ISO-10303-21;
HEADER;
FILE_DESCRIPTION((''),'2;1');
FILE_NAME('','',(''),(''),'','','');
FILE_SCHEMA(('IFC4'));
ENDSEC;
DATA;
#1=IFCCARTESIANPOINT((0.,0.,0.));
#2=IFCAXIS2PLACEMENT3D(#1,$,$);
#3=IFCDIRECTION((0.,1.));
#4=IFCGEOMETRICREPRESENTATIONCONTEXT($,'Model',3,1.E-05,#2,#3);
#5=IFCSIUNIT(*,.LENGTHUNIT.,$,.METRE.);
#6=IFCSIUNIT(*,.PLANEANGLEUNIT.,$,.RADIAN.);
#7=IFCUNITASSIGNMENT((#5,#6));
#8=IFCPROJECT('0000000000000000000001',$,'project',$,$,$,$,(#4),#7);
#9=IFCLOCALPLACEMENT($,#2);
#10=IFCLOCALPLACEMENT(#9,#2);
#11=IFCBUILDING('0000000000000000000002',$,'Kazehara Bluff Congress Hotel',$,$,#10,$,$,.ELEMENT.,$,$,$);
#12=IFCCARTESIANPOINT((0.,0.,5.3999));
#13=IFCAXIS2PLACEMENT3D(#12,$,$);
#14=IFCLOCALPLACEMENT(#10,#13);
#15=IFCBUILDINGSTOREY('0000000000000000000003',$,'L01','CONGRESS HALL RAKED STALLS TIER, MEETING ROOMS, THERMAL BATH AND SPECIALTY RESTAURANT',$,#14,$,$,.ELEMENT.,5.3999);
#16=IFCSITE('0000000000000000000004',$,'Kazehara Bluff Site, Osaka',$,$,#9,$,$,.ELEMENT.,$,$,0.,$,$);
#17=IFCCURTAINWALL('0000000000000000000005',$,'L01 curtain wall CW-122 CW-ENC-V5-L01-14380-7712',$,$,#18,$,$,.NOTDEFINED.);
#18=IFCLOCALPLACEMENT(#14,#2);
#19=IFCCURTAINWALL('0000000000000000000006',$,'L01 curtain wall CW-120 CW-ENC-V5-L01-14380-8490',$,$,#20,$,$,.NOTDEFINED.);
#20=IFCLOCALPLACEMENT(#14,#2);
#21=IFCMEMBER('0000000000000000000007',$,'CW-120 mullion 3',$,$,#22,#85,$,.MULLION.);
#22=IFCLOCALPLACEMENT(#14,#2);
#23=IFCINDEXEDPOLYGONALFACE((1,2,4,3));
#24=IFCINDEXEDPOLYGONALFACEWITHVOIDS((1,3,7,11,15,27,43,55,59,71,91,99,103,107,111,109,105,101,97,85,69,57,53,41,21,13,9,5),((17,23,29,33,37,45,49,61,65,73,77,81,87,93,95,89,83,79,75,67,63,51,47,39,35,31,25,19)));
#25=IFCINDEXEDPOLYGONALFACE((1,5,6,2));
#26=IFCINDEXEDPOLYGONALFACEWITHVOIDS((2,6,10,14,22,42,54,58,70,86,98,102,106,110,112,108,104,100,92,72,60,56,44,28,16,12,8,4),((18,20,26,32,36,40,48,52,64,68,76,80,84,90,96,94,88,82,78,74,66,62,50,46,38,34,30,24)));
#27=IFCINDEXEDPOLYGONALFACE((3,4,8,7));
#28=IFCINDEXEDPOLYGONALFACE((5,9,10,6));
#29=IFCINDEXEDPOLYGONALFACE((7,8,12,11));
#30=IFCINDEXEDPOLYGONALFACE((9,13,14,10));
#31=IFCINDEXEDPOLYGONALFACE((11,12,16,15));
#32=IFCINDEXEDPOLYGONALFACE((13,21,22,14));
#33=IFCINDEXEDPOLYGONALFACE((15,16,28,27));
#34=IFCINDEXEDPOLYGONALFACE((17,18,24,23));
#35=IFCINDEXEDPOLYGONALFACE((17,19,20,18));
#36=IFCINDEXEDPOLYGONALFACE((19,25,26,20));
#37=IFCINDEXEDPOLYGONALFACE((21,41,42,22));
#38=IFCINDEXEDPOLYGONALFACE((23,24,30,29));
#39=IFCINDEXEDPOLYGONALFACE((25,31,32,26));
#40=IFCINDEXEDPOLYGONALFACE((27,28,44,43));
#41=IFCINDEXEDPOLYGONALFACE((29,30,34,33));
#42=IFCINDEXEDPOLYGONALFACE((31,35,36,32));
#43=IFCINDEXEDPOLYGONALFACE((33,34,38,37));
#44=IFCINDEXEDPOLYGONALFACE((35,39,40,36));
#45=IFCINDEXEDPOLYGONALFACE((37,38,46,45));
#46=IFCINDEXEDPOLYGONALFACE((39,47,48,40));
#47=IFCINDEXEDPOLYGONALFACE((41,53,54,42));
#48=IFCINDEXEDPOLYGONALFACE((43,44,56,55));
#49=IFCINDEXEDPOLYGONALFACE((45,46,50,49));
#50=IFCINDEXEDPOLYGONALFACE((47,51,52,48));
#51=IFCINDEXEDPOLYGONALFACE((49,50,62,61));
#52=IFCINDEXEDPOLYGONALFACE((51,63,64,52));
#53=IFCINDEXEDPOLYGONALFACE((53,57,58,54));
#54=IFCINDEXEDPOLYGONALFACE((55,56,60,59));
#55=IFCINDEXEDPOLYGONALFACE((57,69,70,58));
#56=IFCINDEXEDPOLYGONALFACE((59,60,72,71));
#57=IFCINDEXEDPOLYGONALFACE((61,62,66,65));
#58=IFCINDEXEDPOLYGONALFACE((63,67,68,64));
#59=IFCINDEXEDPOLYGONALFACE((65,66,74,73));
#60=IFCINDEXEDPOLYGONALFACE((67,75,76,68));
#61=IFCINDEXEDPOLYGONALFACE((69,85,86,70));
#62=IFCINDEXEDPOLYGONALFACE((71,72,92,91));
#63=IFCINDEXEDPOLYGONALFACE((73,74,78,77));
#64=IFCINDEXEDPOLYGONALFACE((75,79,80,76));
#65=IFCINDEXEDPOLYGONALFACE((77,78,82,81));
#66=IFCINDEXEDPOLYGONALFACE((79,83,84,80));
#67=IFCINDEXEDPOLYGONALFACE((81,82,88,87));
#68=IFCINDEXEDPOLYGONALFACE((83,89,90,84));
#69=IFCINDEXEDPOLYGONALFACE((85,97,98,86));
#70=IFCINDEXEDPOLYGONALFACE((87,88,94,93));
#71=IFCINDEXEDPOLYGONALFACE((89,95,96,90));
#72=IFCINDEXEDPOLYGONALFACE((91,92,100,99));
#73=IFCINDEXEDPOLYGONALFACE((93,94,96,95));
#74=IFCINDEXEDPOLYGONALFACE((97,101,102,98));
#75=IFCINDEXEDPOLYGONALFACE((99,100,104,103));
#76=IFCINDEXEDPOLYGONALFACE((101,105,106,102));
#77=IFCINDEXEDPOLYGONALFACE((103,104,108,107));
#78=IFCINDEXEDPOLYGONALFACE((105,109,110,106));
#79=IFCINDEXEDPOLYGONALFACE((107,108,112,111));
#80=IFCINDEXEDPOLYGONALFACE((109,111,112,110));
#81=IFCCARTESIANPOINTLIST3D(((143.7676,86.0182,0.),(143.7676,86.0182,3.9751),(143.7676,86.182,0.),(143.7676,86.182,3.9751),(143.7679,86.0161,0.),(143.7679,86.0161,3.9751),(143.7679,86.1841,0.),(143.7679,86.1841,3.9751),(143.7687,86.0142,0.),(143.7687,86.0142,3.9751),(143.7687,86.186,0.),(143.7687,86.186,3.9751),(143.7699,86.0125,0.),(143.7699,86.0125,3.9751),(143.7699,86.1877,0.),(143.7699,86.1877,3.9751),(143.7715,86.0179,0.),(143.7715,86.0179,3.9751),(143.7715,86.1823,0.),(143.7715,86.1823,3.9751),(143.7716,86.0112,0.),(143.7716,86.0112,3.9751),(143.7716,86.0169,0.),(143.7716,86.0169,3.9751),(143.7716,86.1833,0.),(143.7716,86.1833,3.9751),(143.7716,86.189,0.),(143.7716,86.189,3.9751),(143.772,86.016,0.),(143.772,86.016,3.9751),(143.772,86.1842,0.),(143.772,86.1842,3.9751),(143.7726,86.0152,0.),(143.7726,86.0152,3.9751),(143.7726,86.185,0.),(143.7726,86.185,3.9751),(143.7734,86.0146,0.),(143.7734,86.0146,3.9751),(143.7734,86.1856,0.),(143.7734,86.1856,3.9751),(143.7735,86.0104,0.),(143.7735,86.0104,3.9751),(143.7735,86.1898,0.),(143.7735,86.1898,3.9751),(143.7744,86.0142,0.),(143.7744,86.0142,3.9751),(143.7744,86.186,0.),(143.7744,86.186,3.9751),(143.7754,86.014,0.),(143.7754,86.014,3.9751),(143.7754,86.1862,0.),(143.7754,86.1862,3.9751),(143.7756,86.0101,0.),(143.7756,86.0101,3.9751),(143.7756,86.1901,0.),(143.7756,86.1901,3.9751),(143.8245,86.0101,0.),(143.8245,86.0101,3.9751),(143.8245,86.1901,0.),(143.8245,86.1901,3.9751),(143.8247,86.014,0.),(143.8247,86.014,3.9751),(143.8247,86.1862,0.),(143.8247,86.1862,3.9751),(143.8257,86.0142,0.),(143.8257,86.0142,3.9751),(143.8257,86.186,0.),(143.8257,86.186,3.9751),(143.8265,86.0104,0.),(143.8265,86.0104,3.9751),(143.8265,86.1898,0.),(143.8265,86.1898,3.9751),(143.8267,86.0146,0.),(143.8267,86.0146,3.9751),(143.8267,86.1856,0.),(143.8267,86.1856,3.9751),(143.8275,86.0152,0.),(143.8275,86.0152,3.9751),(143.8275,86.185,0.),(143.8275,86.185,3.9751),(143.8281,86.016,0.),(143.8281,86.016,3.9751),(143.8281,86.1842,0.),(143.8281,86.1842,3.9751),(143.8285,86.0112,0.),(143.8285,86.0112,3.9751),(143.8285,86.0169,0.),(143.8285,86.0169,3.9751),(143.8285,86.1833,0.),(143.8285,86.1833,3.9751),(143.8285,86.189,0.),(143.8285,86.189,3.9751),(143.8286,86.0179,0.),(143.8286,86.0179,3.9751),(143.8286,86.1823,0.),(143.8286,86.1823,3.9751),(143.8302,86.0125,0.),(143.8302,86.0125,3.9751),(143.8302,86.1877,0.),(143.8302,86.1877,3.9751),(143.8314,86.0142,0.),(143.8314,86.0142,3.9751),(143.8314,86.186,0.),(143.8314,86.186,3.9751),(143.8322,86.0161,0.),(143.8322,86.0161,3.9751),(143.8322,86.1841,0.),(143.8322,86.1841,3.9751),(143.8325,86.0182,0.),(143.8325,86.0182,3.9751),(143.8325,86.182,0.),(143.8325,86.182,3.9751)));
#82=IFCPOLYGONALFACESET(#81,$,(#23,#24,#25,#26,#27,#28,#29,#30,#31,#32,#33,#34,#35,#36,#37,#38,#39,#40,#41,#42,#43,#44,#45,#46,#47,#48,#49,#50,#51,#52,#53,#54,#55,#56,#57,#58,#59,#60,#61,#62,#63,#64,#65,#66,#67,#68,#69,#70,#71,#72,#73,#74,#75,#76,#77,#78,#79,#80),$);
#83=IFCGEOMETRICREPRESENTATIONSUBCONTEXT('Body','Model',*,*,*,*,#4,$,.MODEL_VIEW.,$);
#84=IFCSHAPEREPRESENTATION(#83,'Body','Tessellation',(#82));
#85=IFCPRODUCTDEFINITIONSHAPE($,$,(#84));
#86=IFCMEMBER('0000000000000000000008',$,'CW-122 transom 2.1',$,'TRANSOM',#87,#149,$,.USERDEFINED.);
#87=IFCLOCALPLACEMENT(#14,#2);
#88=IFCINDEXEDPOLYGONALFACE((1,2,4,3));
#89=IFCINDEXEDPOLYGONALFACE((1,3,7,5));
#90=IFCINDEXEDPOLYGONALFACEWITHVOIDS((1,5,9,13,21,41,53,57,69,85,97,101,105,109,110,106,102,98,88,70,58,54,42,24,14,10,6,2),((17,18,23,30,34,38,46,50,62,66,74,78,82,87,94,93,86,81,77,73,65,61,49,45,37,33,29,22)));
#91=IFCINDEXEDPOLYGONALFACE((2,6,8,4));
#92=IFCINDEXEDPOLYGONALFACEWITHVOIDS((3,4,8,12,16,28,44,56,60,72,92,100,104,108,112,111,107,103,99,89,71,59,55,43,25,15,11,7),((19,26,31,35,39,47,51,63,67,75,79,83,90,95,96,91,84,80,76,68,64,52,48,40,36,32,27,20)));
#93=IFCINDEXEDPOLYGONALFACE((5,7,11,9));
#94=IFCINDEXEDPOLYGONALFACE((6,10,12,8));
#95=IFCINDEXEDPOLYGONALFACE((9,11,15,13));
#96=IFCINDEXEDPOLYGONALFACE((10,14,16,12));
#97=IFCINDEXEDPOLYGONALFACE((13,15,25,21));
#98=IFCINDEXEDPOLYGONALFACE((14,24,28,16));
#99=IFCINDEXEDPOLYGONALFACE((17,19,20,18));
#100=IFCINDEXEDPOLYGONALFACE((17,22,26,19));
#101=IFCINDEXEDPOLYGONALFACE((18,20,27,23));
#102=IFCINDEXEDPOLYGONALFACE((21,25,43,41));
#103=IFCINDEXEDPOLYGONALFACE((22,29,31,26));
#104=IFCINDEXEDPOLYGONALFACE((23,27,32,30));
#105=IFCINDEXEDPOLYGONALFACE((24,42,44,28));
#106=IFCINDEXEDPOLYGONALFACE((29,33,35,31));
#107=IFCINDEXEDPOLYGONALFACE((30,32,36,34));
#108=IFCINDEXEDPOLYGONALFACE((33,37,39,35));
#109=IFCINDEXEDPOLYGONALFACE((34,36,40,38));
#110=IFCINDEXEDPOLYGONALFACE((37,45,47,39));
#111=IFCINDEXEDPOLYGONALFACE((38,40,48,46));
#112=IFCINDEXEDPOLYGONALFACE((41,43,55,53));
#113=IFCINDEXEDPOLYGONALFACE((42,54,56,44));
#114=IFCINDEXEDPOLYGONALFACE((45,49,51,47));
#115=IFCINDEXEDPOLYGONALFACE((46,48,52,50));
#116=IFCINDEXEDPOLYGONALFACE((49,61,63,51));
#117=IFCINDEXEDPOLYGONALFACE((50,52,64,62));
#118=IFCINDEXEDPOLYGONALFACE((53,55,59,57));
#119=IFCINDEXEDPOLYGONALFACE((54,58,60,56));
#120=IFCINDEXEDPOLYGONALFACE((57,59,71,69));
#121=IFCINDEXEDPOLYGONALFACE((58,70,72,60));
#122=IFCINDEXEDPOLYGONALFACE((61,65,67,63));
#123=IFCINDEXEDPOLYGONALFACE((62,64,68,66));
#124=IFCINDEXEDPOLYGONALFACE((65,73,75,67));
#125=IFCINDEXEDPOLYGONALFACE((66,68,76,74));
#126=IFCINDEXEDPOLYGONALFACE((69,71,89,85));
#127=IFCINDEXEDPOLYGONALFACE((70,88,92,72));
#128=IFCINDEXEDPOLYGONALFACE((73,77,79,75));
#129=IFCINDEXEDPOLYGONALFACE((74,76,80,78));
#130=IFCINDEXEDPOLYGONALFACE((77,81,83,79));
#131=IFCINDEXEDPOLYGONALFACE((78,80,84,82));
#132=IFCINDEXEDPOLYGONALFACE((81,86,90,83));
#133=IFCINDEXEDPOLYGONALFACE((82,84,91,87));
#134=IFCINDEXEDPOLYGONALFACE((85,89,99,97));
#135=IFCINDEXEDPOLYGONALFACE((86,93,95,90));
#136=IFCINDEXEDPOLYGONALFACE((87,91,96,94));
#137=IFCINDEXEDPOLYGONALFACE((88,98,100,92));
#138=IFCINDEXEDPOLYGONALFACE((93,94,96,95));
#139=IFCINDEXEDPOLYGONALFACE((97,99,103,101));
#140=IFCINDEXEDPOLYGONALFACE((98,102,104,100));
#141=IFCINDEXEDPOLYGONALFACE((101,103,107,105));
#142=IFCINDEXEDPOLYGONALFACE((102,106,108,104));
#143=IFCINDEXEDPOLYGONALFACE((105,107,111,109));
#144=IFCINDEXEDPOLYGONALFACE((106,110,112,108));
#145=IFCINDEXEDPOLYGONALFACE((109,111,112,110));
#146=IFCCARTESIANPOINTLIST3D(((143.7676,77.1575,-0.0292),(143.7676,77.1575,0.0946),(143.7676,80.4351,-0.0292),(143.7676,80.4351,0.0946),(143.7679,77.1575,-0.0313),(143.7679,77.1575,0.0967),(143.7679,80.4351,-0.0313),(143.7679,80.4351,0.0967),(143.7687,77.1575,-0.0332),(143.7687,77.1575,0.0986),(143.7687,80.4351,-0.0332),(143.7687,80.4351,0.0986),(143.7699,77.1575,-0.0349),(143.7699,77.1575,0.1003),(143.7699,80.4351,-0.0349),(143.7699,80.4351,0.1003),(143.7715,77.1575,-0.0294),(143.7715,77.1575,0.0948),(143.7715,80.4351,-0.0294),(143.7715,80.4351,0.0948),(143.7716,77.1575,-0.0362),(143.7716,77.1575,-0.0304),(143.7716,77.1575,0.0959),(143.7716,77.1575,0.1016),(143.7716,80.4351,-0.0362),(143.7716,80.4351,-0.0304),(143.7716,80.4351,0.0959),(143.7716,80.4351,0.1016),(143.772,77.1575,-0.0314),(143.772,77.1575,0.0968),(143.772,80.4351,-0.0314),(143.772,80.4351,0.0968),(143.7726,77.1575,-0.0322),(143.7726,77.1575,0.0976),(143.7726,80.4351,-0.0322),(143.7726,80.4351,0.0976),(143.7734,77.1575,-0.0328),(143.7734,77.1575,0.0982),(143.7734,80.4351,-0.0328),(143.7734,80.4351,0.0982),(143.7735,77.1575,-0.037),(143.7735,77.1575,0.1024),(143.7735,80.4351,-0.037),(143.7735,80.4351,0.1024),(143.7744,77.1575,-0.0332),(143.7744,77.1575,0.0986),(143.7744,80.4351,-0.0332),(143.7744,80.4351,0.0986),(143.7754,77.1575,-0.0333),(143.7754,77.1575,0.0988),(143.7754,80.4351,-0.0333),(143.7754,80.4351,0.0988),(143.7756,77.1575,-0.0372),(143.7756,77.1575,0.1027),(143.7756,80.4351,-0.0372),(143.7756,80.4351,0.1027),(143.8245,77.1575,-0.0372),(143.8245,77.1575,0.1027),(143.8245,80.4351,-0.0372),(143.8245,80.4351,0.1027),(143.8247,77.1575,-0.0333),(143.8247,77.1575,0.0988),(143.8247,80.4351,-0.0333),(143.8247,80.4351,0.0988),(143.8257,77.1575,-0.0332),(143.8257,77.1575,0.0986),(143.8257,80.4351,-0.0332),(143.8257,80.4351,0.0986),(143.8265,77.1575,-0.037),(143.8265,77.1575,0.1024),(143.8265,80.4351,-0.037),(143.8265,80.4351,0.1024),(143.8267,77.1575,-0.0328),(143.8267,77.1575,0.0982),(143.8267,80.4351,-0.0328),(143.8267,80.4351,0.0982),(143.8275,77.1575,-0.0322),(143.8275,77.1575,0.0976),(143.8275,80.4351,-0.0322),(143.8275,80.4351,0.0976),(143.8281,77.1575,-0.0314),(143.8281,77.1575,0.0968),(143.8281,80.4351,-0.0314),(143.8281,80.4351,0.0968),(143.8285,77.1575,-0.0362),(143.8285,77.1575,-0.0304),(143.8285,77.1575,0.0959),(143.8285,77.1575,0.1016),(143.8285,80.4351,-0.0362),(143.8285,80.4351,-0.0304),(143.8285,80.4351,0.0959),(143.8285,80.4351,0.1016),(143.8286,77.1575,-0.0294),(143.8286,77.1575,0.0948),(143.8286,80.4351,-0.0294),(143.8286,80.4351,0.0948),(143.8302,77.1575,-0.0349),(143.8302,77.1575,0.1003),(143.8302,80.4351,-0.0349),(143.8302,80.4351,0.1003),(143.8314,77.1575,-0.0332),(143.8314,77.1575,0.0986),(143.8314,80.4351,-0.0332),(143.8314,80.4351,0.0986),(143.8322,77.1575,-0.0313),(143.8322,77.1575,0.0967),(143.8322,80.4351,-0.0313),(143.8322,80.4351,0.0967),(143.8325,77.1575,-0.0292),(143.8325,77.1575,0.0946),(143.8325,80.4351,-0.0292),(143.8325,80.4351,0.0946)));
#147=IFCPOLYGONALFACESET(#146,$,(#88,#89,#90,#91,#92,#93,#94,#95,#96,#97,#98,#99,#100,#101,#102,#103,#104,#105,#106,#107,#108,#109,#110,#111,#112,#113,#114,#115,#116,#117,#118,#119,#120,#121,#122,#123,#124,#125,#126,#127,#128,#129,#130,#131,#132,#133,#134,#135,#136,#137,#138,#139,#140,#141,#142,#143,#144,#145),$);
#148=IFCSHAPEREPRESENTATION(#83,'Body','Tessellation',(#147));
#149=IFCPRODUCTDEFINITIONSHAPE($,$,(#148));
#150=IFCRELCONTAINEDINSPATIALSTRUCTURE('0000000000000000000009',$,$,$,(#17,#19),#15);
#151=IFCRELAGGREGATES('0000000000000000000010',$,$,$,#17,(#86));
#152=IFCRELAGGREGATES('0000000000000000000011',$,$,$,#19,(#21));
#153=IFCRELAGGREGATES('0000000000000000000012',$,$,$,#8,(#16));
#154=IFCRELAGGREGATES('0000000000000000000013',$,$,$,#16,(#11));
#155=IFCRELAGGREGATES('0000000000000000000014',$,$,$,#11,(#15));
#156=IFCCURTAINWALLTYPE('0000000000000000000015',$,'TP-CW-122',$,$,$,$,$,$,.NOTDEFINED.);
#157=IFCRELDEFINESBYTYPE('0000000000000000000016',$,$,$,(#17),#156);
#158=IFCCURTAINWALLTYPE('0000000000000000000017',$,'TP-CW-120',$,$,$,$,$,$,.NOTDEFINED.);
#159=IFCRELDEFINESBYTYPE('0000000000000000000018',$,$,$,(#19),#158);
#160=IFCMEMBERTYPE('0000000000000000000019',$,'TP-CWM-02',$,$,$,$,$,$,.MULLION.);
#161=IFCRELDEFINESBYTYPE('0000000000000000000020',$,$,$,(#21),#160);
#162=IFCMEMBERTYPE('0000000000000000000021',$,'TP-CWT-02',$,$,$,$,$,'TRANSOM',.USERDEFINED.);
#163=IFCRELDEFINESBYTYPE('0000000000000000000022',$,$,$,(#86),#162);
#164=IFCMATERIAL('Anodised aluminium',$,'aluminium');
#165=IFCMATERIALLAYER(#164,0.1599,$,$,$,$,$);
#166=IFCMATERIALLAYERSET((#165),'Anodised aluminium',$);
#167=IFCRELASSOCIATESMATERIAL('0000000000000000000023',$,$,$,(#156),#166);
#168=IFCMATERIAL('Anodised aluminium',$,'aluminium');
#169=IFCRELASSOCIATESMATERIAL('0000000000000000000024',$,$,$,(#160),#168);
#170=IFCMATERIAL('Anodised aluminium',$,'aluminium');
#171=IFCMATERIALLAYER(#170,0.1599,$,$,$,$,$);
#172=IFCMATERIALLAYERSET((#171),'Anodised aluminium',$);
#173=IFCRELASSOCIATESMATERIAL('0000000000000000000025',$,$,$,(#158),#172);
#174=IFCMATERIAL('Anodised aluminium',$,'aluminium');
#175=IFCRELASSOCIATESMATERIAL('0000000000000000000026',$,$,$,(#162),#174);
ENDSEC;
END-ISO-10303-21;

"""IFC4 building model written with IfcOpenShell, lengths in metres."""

from ifc_helpers import new_model, si_unit, direction, frame, origin, origin_2d, place, context, subcontext, project, spatial, hollow_rectangle, extrude, material, layer, layer_set, material_profile, profile_set, type_object, element, aggregate, save


model = new_model("IFC4")

# Units and contexts
model_context = context("Model", 3, precision=1e-05, world=origin(), true_north=direction((0.0, 1.0)))
body_context = subcontext(model_context, "Body", "Model", "MODEL_VIEW")
ifc_project = project(units=[si_unit("LENGTHUNIT", "METRE"), si_unit("PLANEANGLEUNIT", "RADIAN")], contexts=[model_context])

# Site, building, storey
site_placement = place(None, origin())
site = spatial("IfcSite", under=ifc_project, at=site_placement, Name="Kazehara Bluff Site, Osaka", CompositionType="ELEMENT", RefElevation=0.0)
building_placement = place(site_placement, origin())
building = spatial("IfcBuilding", under=site, at=building_placement, Name="Kazehara Bluff Congress Hotel", CompositionType="ELEMENT")
storey_placement = place(building_placement, frame((0.0, 0.0, 5.3999)))
storey = spatial("IfcBuildingStorey", under=building, at=storey_placement, Name="L01", Description="CONGRESS HALL RAKED STALLS TIER, MEETING ROOMS, THERMAL BATH AND SPECIALTY RESTAURANT", CompositionType="ELEMENT", Elevation=5.3999)

# Curtain walls, member
ifc_material_1 = material(Name="Anodised aluminium", Category="aluminium")
ifc_layer_1 = layer(ifc_material_1, 0.1599)
ifc_layer_set_1 = layer_set([ifc_layer_1], Name="Anodised aluminium")
curtain_wall_type_1 = type_object("IfcCurtainWallType", Name="TP-CW-122", PredefinedType="NOTDEFINED", material=ifc_layer_set_1)
curtain_wall_1_placement = place(storey_placement, origin())
curtain_wall_1 = element("IfcCurtainWall", 1, at=curtain_wall_1_placement, inside=storey, type_object=curtain_wall_type_1, Name="L01 curtain wall CW-122 CW-ENC-V5-L01-14380-7712", PredefinedType="NOTDEFINED")
ifc_material_2 = material(Name="Anodised aluminium", Category="aluminium")
ifc_material_profile_1 = material_profile(ifc_material_2, hollow_rectangle(XDim=0.0649, YDim=0.1799, WallThickness=0.0039, InnerFilletRadius=0.0039, OuterFilletRadius=0.0081, at=origin_2d()))
ifc_profile_set_1 = profile_set([ifc_material_profile_1], Name="Anodised aluminium")
member_type_1 = type_object("IfcMemberType", Name="TP-CWM-02", PredefinedType="MULLION", material=ifc_profile_set_1)
ifc_material_3 = material(Name="Anodised aluminium", Category="aluminium")
ifc_layer_2 = layer(ifc_material_3, 0.1599)
ifc_layer_set_2 = layer_set([ifc_layer_2], Name="Anodised aluminium")
curtain_wall_type_2 = type_object("IfcCurtainWallType", Name="TP-CW-120", PredefinedType="NOTDEFINED", material=ifc_layer_set_2)
curtain_wall_2_placement = place(storey_placement, origin())
curtain_wall_2 = element("IfcCurtainWall", 2, at=curtain_wall_2_placement, inside=storey, type_object=curtain_wall_type_2, Name="L01 curtain wall CW-120 CW-ENC-V5-L01-14380-8490", PredefinedType="NOTDEFINED")
member_1_placement = place(storey_placement, frame((143.8, 86.1001, 0.0), z_axis=(0.0, 0.0, 1.0), x_axis=(-1.0, 0.0, 0.0)))
member_1 = element("IfcMember", 3, at=member_1_placement, type_object=member_type_1, Name="CW-120 mullion 3", PredefinedType="MULLION", context=body_context, shape_type="SweptSolid", body=[
    extrude(hollow_rectangle(XDim=0.0649, YDim=0.1799, WallThickness=0.0039, InnerFilletRadius=0.0039, OuterFilletRadius=0.0081, at=origin_2d()), origin(), (0.0, 0.0, 1.0), 3.9751),
])

# Member
ifc_material_4 = material(Name="Anodised aluminium", Category="aluminium")
ifc_material_profile_2 = material_profile(ifc_material_4, hollow_rectangle(XDim=0.0649, YDim=0.1399, WallThickness=0.0039, InnerFilletRadius=0.0039, OuterFilletRadius=0.0081, at=origin_2d()))
ifc_profile_set_2 = profile_set([ifc_material_profile_2], Name="Anodised aluminium")
member_type_2 = type_object("IfcMemberType", Name="TP-CWT-02", ElementType="TRANSOM", PredefinedType="USERDEFINED", material=ifc_profile_set_2)
member_2_placement = place(storey_placement, frame((143.8, 77.1575, 0.0327), z_axis=(0.0, 1.0, 0.0), x_axis=(-1.0, 0.0, 0.0)))
member_2 = element("IfcMember", 4, at=member_2_placement, type_object=member_type_2, Name="CW-122 transom 2.1", ObjectType="TRANSOM", PredefinedType="USERDEFINED", context=body_context, shape_type="SweptSolid", body=[
    extrude(hollow_rectangle(XDim=0.0649, YDim=0.1399, WallThickness=0.0039, InnerFilletRadius=0.0039, OuterFilletRadius=0.0081, at=origin_2d()), origin(), (0.0, 0.0, 1.0), 3.2776),
])

aggregate(curtain_wall_1, [member_2])
aggregate(curtain_wall_2, [member_1])

save(model, "model.ifc")
